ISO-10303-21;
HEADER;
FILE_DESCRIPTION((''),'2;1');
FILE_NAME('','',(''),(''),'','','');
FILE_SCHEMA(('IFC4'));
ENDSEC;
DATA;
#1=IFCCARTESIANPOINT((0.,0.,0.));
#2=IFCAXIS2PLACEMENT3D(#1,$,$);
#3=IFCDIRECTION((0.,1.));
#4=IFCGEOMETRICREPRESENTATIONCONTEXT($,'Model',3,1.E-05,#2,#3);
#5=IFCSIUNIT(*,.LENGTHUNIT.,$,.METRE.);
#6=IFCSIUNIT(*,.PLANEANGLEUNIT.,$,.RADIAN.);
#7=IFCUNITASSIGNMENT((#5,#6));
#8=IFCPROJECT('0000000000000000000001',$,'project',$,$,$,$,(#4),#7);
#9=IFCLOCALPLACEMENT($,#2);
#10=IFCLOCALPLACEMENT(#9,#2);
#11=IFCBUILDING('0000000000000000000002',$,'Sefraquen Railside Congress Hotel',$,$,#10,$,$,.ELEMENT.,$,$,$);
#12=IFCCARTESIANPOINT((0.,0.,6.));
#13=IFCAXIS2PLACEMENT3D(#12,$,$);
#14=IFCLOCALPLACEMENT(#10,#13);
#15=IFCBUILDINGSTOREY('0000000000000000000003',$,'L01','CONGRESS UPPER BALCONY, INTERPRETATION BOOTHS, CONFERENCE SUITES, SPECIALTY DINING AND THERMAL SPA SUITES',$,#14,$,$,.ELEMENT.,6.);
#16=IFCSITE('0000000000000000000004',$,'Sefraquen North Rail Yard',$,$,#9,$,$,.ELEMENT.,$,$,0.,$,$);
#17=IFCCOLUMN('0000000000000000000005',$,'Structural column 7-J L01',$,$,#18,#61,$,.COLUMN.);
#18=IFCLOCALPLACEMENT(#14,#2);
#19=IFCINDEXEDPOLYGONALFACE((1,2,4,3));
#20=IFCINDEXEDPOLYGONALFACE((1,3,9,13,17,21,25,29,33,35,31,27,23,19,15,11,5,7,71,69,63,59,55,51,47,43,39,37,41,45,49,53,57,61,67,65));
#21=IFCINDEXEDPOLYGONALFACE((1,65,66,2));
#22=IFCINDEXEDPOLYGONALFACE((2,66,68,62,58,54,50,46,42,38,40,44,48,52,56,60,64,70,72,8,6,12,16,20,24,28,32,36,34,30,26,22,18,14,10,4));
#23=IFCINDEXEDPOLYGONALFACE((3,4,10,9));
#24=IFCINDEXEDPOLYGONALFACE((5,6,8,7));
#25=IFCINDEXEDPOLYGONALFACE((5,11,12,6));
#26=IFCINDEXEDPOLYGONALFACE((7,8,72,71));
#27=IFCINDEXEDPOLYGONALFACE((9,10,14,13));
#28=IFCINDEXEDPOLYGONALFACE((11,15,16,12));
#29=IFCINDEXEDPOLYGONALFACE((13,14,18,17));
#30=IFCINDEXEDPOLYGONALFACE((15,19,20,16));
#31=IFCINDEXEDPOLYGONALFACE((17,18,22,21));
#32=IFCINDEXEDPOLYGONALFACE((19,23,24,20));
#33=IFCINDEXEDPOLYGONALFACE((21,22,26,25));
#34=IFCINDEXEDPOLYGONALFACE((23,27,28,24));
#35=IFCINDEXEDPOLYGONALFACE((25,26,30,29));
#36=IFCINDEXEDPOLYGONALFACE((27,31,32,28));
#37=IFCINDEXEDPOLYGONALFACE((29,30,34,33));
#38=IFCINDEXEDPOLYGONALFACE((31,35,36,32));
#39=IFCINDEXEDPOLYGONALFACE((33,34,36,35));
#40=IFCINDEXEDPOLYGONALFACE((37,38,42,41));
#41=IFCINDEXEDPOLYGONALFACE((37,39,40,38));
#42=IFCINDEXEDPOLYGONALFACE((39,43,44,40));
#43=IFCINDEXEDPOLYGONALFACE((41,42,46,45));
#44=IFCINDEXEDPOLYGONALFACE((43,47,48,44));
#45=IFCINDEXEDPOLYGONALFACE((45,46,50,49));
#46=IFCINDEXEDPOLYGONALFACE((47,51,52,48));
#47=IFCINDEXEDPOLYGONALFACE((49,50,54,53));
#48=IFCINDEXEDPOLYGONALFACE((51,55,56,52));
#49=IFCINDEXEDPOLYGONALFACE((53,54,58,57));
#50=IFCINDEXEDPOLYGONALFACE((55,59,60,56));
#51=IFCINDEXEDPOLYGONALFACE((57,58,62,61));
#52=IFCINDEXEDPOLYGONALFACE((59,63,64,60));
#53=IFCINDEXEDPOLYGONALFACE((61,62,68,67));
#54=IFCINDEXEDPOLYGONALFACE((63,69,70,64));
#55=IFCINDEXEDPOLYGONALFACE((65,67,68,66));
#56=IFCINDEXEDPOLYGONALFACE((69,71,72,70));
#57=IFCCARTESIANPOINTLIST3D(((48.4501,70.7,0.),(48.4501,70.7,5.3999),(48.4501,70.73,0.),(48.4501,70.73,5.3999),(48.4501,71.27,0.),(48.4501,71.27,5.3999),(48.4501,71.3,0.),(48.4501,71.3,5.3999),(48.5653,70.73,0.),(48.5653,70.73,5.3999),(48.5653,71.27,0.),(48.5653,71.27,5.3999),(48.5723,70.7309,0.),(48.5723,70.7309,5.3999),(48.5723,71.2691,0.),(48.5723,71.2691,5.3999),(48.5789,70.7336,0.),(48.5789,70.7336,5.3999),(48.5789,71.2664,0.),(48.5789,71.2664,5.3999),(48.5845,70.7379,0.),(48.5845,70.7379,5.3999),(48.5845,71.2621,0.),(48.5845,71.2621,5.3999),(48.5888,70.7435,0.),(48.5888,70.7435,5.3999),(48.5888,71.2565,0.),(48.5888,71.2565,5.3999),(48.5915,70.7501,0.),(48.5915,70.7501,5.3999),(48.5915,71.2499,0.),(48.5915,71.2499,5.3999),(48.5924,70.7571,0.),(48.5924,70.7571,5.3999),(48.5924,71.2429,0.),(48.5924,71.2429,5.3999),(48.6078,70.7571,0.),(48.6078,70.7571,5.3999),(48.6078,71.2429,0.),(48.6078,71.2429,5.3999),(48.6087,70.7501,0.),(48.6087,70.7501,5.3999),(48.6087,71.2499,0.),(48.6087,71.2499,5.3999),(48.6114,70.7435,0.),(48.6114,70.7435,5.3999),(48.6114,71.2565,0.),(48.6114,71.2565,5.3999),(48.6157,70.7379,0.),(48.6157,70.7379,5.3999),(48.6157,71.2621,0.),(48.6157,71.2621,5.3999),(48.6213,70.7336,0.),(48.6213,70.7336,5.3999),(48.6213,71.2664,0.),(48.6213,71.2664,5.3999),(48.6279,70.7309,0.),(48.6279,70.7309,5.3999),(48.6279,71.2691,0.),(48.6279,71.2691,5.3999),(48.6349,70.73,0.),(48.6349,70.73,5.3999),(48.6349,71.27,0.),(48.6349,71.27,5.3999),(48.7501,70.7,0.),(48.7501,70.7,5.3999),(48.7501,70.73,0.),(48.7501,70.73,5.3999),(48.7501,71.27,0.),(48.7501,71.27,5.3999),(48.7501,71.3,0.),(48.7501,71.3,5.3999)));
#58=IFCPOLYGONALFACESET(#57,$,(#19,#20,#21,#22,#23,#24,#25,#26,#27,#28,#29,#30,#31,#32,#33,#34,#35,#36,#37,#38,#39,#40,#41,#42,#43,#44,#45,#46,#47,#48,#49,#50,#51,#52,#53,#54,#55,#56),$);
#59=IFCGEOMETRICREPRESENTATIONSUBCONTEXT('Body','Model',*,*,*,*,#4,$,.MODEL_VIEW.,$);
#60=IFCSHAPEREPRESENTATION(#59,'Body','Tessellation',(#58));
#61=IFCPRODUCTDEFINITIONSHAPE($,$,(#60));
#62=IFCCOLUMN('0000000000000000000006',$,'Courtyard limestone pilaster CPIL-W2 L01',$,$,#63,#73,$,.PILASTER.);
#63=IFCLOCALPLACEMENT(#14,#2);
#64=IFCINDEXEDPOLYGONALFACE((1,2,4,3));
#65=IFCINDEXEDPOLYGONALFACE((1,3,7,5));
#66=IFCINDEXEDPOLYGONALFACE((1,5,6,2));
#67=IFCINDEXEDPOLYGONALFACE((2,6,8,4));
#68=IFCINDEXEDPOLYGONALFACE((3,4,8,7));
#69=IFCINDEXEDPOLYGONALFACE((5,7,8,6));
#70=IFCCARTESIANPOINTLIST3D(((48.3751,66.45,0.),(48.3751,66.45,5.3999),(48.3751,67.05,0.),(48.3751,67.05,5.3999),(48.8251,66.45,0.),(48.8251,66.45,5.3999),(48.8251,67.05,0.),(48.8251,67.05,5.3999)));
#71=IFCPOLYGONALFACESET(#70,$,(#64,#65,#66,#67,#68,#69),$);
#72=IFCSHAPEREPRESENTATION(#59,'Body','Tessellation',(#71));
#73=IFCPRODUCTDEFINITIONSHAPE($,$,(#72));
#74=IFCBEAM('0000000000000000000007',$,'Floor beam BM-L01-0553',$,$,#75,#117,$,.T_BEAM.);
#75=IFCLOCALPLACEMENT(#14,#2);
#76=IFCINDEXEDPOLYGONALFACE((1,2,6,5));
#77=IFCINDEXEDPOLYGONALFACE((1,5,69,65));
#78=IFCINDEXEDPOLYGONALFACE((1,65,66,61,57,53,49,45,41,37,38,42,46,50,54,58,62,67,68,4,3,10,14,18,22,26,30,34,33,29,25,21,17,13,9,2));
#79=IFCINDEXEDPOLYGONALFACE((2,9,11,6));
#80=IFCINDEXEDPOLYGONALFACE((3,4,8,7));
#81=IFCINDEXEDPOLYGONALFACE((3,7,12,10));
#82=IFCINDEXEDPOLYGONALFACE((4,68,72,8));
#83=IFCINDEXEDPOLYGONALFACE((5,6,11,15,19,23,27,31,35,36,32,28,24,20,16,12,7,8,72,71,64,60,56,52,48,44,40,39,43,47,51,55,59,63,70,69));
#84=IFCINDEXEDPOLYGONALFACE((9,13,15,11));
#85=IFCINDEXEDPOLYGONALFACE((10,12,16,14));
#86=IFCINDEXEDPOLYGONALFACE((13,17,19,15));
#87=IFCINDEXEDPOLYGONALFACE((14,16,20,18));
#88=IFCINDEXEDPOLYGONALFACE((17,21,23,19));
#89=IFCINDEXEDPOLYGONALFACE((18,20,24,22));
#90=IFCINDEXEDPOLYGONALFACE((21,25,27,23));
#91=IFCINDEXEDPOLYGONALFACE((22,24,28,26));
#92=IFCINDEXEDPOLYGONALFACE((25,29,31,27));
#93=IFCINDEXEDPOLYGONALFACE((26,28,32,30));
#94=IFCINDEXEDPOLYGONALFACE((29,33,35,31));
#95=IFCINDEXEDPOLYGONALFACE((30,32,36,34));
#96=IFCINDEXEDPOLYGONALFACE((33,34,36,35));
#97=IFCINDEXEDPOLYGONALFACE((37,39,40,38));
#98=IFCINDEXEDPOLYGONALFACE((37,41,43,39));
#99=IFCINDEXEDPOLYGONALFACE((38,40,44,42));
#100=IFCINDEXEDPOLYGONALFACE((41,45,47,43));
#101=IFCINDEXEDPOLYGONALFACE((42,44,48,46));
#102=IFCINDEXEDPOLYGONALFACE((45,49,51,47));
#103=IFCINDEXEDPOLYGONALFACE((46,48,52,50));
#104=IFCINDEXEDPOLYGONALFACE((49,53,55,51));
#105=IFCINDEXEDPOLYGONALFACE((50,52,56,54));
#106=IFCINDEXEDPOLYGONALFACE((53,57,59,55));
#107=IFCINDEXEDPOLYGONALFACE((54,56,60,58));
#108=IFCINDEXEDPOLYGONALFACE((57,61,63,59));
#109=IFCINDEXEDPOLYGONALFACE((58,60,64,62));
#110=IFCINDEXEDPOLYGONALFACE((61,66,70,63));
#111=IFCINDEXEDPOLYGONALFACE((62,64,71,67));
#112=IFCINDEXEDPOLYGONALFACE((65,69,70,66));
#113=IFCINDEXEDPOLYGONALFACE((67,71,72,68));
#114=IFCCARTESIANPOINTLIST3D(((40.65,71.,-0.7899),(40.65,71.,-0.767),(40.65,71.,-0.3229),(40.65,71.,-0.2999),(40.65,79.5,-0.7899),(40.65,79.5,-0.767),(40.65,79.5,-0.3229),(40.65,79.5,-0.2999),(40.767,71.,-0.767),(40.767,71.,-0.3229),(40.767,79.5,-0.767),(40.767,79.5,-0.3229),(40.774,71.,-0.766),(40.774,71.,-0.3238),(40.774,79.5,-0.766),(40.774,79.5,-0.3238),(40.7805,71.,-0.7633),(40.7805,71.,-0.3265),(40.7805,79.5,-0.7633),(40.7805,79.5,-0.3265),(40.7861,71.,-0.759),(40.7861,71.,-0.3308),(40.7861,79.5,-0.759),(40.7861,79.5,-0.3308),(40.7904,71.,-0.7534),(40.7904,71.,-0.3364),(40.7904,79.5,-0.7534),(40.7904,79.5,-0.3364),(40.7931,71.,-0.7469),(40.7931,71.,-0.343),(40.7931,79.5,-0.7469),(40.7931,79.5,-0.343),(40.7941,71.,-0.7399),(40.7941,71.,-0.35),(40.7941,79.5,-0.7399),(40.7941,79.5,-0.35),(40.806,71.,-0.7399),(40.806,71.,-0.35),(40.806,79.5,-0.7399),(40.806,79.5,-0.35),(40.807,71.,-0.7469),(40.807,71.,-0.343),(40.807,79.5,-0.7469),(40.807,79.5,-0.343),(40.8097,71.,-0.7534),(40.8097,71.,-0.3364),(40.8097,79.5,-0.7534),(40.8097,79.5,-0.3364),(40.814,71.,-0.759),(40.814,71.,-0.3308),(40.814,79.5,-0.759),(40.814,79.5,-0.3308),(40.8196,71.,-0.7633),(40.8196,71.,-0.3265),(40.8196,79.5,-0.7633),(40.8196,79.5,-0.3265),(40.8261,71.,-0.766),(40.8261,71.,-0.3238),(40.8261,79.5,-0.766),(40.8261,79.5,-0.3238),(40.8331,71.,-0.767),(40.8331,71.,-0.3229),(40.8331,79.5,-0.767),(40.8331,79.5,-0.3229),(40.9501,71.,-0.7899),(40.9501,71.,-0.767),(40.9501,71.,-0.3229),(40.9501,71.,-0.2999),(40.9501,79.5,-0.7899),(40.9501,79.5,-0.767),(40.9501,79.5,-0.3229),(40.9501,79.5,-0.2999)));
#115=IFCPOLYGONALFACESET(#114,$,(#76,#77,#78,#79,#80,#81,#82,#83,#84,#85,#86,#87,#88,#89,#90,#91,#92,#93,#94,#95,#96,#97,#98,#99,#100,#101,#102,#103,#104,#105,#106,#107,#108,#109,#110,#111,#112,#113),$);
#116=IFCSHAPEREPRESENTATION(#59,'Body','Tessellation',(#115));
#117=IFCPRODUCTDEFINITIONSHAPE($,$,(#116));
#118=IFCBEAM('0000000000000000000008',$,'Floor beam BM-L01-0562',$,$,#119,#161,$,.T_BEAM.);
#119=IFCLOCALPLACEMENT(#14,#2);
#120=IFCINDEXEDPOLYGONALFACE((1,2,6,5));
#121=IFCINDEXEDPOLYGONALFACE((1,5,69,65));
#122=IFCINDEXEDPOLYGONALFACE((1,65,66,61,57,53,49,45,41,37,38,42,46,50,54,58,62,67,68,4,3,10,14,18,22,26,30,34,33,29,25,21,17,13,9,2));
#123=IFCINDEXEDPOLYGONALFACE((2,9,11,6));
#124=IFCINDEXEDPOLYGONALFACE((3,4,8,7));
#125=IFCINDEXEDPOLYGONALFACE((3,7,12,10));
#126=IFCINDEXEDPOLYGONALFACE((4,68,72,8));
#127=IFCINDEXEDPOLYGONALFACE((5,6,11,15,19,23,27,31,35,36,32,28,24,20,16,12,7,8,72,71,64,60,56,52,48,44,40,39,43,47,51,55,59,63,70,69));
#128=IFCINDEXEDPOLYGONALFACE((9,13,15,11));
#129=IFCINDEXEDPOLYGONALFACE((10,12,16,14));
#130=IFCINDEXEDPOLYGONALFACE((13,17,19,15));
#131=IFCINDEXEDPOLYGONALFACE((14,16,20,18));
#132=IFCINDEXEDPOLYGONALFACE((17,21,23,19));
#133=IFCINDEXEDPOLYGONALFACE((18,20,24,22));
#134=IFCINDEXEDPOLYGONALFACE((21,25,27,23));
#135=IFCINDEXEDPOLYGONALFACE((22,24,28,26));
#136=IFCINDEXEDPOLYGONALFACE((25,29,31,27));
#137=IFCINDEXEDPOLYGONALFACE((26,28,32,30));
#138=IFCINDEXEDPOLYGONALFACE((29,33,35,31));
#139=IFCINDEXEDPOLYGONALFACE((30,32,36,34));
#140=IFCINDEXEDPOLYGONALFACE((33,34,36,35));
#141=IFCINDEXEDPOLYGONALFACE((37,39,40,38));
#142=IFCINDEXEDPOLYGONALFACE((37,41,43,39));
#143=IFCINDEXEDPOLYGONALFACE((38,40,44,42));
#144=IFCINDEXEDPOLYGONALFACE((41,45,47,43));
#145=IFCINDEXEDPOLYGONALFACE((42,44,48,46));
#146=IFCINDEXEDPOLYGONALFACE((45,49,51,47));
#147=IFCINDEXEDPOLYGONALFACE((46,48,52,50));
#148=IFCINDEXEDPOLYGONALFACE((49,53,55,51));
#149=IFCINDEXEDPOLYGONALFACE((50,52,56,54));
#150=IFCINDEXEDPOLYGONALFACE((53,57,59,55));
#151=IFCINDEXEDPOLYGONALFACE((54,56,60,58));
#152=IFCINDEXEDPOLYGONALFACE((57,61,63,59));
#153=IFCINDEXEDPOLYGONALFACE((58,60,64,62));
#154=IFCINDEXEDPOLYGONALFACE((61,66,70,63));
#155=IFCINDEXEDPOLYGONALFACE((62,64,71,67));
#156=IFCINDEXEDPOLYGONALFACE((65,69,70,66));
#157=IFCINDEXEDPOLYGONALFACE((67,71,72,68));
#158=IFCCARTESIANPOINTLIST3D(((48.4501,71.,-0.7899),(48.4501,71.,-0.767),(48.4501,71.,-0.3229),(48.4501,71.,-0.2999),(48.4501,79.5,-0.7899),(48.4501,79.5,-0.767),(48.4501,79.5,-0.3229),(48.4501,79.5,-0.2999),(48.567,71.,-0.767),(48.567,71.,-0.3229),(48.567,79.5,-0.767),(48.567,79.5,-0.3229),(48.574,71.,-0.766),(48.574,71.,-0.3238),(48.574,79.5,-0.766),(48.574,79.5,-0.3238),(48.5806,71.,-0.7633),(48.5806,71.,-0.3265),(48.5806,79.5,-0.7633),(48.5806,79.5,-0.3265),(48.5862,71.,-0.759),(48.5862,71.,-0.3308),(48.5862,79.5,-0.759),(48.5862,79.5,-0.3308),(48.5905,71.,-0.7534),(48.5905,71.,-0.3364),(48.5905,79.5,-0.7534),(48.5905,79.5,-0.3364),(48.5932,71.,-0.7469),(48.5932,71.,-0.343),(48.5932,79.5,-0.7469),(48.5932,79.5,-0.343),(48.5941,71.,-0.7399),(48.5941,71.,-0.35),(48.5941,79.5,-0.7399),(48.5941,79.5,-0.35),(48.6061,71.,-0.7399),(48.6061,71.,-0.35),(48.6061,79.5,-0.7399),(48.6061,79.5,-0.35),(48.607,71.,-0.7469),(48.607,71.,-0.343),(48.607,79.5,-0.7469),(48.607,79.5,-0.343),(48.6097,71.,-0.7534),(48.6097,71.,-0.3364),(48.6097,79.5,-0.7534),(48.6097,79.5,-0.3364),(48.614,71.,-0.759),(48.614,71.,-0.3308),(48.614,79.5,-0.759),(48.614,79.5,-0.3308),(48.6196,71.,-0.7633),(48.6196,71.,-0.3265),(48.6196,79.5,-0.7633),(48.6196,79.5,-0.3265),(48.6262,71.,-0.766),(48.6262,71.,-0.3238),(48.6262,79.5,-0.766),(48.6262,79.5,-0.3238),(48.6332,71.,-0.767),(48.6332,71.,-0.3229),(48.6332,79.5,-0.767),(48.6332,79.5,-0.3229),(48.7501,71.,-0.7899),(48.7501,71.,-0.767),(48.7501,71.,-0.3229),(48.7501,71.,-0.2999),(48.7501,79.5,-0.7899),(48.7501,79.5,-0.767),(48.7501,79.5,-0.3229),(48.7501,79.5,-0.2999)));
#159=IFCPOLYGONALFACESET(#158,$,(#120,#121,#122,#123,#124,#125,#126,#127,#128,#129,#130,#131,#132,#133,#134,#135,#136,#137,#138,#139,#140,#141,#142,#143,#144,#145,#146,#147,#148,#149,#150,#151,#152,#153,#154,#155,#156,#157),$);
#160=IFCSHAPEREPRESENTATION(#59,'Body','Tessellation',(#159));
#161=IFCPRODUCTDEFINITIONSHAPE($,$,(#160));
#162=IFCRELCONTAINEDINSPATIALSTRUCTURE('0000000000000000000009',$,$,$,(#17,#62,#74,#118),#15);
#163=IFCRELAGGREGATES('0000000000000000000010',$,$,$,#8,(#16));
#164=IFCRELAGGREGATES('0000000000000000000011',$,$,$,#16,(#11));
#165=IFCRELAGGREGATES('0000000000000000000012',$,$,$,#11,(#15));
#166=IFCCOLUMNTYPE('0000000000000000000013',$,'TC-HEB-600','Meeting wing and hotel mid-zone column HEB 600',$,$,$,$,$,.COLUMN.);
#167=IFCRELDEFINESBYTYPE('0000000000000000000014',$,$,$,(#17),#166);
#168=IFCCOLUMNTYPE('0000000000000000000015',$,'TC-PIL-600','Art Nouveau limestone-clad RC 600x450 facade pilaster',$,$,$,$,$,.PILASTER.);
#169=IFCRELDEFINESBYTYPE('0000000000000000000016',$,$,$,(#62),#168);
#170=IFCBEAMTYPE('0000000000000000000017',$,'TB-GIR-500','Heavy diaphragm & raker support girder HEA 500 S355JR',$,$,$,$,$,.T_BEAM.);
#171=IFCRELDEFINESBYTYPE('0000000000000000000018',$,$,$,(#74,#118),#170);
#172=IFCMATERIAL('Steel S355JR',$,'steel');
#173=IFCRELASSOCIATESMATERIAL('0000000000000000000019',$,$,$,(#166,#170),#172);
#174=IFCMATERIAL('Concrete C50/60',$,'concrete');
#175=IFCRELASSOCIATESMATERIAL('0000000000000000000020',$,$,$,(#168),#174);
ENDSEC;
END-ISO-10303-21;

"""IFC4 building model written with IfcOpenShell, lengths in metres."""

from ifc_helpers import new_model, si_unit, direction, frame, origin, origin_2d, place, context, subcontext, project, spatial, rectangle, i_section, extrude, material, material_profile, profile_set, type_object, element, save


model = new_model("IFC4")

# Units and contexts
model_context = context("Model", 3, precision=1e-05, world=origin(), true_north=direction((0.0, 1.0)))
body_context = subcontext(model_context, "Body", "Model", "MODEL_VIEW")
ifc_project = project(units=[si_unit("LENGTHUNIT", "METRE"), si_unit("PLANEANGLEUNIT", "RADIAN")], contexts=[model_context])

# Site, building, storey
site_placement = place(None, origin())
site = spatial("IfcSite", under=ifc_project, at=site_placement, Name="Sefraquen North Rail Yard", CompositionType="ELEMENT", RefElevation=0.0)
building_placement = place(site_placement, origin())
building = spatial("IfcBuilding", under=site, at=building_placement, Name="Sefraquen Railside Congress Hotel", CompositionType="ELEMENT")
storey_placement = place(building_placement, frame((0.0, 0.0, 6.0)))
storey = spatial("IfcBuildingStorey", under=building, at=storey_placement, Name="L01", Description="CONGRESS UPPER BALCONY, INTERPRETATION BOOTHS, CONFERENCE SUITES, SPECIALTY DINING AND THERMAL SPA SUITES", CompositionType="ELEMENT", Elevation=6.0)

# Columns
ifc_material_1 = material(Name="Steel S355JR", Category="steel")
ifc_material_profile_1 = material_profile(ifc_material_1, i_section(OverallWidth=0.3, OverallDepth=0.6001, WebThickness=0.0154, FlangeThickness=0.03, FilletRadius=0.0271, at=origin_2d()), Name="HEB 600")
ifc_profile_set_1 = profile_set([ifc_material_profile_1], Name="Steel S355JR")
column_type_1 = type_object("IfcColumnType", Name="TC-HEB-600", Description="Meeting wing and hotel mid-zone column HEB 600", PredefinedType="COLUMN", material=ifc_profile_set_1)
column_1_placement = place(storey_placement, frame((48.6001, 71.0, 0.0), z_axis=(0.0, 0.0, 1.0), x_axis=(1.0, 0.0, 0.0)))
element("IfcColumn", 1, at=column_1_placement, inside=storey, type_object=column_type_1, Name="Structural column 7-J L01", PredefinedType="COLUMN", context=body_context, shape_type="SweptSolid", body=[
    extrude(i_section(OverallWidth=0.3, OverallDepth=0.6001, WebThickness=0.0154, FlangeThickness=0.03, FilletRadius=0.0271, at=origin_2d()), origin(), (0.0, 0.0, 1.0), 5.3999),
])
ifc_material_2 = material(Name="Concrete C50/60", Category="concrete")
ifc_material_profile_2 = material_profile(ifc_material_2, rectangle(XDim=0.45, YDim=0.6001, at=origin_2d()), Name="RC 600x450")
ifc_profile_set_2 = profile_set([ifc_material_profile_2], Name="Concrete C50/60")
column_type_2 = type_object("IfcColumnType", Name="TC-PIL-600", Description="Art Nouveau limestone-clad RC 600x450 facade pilaster", PredefinedType="PILASTER", material=ifc_profile_set_2)
column_2_placement = place(storey_placement, frame((48.6001, 66.75, 0.0), z_axis=(0.0, 0.0, 1.0), x_axis=(1.0, 0.0, 0.0)))
element("IfcColumn", 2, at=column_2_placement, inside=storey, type_object=column_type_2, Name="Courtyard limestone pilaster CPIL-W2 L01", PredefinedType="PILASTER", context=body_context, shape_type="SweptSolid", body=[
    extrude(rectangle(XDim=0.45, YDim=0.6001, at=origin_2d()), origin(), (0.0, 0.0, 1.0), 5.3999),
])

# Beams
ifc_material_profile_3 = material_profile(ifc_material_1, i_section(OverallWidth=0.3, OverallDepth=0.49, WebThickness=0.012, FlangeThickness=0.0229, FilletRadius=0.0271, at=origin_2d()), Name="HEA 500")
ifc_profile_set_3 = profile_set([ifc_material_profile_3], Name="Steel S355JR")
beam_type_1 = type_object("IfcBeamType", Name="TB-GIR-500", Description="Heavy diaphragm & raker support girder HEA 500 S355JR", PredefinedType="T_BEAM", material=ifc_profile_set_3)
for number, where, z_axis, x_axis, name in (
    (3, (40.8, 71.0, -0.5449), (0.0, 1.0, 0.0), (-1.0, 0.0, 0.0), "Floor beam BM-L01-0553"),
    (4, (48.6001, 71.0, -0.5449), (0.0, 1.0, 0.0), (-1.0, 0.0, 0.0), "Floor beam BM-L01-0562"),
):
    element("IfcBeam", number, at=place(storey_placement, frame(where, z_axis=z_axis, x_axis=x_axis)), inside=storey, type_object=beam_type_1, Name=name, PredefinedType="T_BEAM", context=body_context, shape_type="SweptSolid", body=[
        extrude(i_section(OverallWidth=0.3, OverallDepth=0.49, WebThickness=0.012, FlangeThickness=0.0229, FilletRadius=0.0271, at=origin_2d()), origin(), (0.0, 0.0, 1.0), 8.5),
    ])

save(model, "model.ifc")
